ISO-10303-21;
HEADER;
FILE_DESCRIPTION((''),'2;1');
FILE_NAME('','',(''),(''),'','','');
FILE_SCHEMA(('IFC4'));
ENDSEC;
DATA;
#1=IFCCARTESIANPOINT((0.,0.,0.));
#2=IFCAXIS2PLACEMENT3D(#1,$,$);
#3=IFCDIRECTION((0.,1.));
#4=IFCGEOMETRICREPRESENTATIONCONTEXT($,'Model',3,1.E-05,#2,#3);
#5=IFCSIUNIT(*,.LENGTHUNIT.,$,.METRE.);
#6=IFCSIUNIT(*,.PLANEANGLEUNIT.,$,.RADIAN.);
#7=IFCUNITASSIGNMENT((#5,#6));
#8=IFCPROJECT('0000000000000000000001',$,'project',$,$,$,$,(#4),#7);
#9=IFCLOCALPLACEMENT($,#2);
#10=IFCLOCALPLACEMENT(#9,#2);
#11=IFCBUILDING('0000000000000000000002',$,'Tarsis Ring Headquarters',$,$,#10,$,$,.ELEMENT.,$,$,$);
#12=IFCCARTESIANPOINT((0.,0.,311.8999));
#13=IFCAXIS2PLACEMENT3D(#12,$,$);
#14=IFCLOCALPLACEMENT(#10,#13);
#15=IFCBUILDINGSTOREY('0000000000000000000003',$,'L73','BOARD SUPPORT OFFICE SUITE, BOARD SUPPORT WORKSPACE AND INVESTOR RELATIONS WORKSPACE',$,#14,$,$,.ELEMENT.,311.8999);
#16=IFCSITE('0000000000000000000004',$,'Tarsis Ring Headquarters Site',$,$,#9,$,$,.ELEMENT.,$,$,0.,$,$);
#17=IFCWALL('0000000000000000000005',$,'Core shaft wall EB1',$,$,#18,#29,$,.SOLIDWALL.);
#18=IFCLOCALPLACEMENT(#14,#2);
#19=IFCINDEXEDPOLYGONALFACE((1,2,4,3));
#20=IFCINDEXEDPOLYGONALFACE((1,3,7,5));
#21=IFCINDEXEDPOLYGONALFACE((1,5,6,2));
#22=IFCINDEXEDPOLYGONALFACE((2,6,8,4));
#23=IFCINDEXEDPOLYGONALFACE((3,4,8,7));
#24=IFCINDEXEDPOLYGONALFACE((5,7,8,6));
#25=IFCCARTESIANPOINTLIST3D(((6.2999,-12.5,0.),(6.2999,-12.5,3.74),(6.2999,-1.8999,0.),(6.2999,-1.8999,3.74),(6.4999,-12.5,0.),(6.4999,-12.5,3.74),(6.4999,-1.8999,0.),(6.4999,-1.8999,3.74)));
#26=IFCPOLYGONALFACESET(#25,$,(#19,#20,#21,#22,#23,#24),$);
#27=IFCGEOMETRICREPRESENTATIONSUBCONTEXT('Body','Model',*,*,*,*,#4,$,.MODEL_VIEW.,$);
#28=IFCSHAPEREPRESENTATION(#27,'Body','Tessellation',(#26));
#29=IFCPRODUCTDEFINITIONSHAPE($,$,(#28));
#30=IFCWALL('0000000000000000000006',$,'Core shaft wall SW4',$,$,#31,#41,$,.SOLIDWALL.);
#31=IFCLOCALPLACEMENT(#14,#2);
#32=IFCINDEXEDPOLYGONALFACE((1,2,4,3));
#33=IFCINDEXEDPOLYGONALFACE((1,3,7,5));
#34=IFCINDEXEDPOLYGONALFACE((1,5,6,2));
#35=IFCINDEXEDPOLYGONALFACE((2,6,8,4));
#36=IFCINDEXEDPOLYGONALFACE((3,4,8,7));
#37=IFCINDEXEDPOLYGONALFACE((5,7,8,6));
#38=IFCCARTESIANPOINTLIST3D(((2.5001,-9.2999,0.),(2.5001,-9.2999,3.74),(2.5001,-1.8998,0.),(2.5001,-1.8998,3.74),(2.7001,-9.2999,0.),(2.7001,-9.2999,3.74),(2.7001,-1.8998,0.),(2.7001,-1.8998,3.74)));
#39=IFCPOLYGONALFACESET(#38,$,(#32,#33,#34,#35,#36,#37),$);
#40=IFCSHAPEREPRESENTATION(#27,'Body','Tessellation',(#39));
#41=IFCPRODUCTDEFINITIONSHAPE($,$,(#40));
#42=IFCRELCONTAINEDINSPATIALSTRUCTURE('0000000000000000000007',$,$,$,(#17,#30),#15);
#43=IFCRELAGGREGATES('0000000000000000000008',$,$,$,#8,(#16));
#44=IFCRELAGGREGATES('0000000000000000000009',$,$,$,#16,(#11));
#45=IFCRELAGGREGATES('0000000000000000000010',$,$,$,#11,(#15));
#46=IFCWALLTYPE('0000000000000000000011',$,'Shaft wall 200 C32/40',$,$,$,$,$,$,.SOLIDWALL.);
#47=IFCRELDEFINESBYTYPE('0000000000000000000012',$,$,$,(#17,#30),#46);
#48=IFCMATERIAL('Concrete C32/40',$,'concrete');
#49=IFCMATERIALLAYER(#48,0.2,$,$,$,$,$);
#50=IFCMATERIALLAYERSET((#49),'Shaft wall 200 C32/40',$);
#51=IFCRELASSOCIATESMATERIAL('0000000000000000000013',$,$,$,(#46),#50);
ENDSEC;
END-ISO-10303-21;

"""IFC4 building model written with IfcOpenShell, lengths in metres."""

from ifc_helpers import new_model, si_unit, direction, frame, frame_2d, origin, place, context, subcontext, project, spatial, rectangle, extrude, material, layer, layer_set, type_object, element, save


model = new_model("IFC4")

# Units and contexts
model_context = context("Model", 3, precision=1e-05, world=origin(), true_north=direction((0.0, 1.0)))
body_context = subcontext(model_context, "Body", "Model", "MODEL_VIEW")
ifc_project = project(units=[si_unit("LENGTHUNIT", "METRE"), si_unit("PLANEANGLEUNIT", "RADIAN")], contexts=[model_context])

# Site, building, storey
site_placement = place(None, origin())
site = spatial("IfcSite", under=ifc_project, at=site_placement, Name="Tarsis Ring Headquarters Site", CompositionType="ELEMENT", RefElevation=0.0)
building_placement = place(site_placement, origin())
building = spatial("IfcBuilding", under=site, at=building_placement, Name="Tarsis Ring Headquarters", CompositionType="ELEMENT")
storey_placement = place(building_placement, frame((0.0, 0.0, 311.8999)))
storey = spatial("IfcBuildingStorey", under=building, at=storey_placement, Name="L73", Description="BOARD SUPPORT OFFICE SUITE, BOARD SUPPORT WORKSPACE AND INVESTOR RELATIONS WORKSPACE", CompositionType="ELEMENT", Elevation=311.8999)

# Walls
ifc_material_1 = material(Name="Concrete C32/40", Category="concrete")
ifc_layer_1 = layer(ifc_material_1, 0.2)
ifc_layer_set_1 = layer_set([ifc_layer_1], Name="Shaft wall 200 C32/40")
wall_type_1 = type_object("IfcWallType", Name="Shaft wall 200 C32/40", PredefinedType="SOLIDWALL", material=ifc_layer_set_1)
wall_1_placement = place(storey_placement, frame((6.3999, -12.5, 0.0), z_axis=(0.0, 0.0, 1.0), x_axis=(0.0, 1.0, 0.0)))
element("IfcWall", 1, at=wall_1_placement, inside=storey, type_object=wall_type_1, Name="Core shaft wall EB1", PredefinedType="SOLIDWALL", context=body_context, shape_type="SweptSolid", body=[
    extrude(rectangle(XDim=10.6001, YDim=0.2, at=frame_2d((5.3, 0.0))), origin(), (0.0, 0.0, 1.0), 3.74),
])
wall_2_placement = place(storey_placement, frame((2.6001, -9.3, 0.0), z_axis=(0.0, 0.0, 1.0), x_axis=(0.0, 1.0, 0.0)))
element("IfcWall", 2, at=wall_2_placement, inside=storey, type_object=wall_type_1, Name="Core shaft wall SW4", PredefinedType="SOLIDWALL", context=body_context, shape_type="SweptSolid", body=[
    extrude(rectangle(XDim=7.4001, YDim=0.2, at=frame_2d((3.7002, 0.0))), origin(), (0.0, 0.0, 1.0), 3.74),
])

save(model, "model.ifc")
